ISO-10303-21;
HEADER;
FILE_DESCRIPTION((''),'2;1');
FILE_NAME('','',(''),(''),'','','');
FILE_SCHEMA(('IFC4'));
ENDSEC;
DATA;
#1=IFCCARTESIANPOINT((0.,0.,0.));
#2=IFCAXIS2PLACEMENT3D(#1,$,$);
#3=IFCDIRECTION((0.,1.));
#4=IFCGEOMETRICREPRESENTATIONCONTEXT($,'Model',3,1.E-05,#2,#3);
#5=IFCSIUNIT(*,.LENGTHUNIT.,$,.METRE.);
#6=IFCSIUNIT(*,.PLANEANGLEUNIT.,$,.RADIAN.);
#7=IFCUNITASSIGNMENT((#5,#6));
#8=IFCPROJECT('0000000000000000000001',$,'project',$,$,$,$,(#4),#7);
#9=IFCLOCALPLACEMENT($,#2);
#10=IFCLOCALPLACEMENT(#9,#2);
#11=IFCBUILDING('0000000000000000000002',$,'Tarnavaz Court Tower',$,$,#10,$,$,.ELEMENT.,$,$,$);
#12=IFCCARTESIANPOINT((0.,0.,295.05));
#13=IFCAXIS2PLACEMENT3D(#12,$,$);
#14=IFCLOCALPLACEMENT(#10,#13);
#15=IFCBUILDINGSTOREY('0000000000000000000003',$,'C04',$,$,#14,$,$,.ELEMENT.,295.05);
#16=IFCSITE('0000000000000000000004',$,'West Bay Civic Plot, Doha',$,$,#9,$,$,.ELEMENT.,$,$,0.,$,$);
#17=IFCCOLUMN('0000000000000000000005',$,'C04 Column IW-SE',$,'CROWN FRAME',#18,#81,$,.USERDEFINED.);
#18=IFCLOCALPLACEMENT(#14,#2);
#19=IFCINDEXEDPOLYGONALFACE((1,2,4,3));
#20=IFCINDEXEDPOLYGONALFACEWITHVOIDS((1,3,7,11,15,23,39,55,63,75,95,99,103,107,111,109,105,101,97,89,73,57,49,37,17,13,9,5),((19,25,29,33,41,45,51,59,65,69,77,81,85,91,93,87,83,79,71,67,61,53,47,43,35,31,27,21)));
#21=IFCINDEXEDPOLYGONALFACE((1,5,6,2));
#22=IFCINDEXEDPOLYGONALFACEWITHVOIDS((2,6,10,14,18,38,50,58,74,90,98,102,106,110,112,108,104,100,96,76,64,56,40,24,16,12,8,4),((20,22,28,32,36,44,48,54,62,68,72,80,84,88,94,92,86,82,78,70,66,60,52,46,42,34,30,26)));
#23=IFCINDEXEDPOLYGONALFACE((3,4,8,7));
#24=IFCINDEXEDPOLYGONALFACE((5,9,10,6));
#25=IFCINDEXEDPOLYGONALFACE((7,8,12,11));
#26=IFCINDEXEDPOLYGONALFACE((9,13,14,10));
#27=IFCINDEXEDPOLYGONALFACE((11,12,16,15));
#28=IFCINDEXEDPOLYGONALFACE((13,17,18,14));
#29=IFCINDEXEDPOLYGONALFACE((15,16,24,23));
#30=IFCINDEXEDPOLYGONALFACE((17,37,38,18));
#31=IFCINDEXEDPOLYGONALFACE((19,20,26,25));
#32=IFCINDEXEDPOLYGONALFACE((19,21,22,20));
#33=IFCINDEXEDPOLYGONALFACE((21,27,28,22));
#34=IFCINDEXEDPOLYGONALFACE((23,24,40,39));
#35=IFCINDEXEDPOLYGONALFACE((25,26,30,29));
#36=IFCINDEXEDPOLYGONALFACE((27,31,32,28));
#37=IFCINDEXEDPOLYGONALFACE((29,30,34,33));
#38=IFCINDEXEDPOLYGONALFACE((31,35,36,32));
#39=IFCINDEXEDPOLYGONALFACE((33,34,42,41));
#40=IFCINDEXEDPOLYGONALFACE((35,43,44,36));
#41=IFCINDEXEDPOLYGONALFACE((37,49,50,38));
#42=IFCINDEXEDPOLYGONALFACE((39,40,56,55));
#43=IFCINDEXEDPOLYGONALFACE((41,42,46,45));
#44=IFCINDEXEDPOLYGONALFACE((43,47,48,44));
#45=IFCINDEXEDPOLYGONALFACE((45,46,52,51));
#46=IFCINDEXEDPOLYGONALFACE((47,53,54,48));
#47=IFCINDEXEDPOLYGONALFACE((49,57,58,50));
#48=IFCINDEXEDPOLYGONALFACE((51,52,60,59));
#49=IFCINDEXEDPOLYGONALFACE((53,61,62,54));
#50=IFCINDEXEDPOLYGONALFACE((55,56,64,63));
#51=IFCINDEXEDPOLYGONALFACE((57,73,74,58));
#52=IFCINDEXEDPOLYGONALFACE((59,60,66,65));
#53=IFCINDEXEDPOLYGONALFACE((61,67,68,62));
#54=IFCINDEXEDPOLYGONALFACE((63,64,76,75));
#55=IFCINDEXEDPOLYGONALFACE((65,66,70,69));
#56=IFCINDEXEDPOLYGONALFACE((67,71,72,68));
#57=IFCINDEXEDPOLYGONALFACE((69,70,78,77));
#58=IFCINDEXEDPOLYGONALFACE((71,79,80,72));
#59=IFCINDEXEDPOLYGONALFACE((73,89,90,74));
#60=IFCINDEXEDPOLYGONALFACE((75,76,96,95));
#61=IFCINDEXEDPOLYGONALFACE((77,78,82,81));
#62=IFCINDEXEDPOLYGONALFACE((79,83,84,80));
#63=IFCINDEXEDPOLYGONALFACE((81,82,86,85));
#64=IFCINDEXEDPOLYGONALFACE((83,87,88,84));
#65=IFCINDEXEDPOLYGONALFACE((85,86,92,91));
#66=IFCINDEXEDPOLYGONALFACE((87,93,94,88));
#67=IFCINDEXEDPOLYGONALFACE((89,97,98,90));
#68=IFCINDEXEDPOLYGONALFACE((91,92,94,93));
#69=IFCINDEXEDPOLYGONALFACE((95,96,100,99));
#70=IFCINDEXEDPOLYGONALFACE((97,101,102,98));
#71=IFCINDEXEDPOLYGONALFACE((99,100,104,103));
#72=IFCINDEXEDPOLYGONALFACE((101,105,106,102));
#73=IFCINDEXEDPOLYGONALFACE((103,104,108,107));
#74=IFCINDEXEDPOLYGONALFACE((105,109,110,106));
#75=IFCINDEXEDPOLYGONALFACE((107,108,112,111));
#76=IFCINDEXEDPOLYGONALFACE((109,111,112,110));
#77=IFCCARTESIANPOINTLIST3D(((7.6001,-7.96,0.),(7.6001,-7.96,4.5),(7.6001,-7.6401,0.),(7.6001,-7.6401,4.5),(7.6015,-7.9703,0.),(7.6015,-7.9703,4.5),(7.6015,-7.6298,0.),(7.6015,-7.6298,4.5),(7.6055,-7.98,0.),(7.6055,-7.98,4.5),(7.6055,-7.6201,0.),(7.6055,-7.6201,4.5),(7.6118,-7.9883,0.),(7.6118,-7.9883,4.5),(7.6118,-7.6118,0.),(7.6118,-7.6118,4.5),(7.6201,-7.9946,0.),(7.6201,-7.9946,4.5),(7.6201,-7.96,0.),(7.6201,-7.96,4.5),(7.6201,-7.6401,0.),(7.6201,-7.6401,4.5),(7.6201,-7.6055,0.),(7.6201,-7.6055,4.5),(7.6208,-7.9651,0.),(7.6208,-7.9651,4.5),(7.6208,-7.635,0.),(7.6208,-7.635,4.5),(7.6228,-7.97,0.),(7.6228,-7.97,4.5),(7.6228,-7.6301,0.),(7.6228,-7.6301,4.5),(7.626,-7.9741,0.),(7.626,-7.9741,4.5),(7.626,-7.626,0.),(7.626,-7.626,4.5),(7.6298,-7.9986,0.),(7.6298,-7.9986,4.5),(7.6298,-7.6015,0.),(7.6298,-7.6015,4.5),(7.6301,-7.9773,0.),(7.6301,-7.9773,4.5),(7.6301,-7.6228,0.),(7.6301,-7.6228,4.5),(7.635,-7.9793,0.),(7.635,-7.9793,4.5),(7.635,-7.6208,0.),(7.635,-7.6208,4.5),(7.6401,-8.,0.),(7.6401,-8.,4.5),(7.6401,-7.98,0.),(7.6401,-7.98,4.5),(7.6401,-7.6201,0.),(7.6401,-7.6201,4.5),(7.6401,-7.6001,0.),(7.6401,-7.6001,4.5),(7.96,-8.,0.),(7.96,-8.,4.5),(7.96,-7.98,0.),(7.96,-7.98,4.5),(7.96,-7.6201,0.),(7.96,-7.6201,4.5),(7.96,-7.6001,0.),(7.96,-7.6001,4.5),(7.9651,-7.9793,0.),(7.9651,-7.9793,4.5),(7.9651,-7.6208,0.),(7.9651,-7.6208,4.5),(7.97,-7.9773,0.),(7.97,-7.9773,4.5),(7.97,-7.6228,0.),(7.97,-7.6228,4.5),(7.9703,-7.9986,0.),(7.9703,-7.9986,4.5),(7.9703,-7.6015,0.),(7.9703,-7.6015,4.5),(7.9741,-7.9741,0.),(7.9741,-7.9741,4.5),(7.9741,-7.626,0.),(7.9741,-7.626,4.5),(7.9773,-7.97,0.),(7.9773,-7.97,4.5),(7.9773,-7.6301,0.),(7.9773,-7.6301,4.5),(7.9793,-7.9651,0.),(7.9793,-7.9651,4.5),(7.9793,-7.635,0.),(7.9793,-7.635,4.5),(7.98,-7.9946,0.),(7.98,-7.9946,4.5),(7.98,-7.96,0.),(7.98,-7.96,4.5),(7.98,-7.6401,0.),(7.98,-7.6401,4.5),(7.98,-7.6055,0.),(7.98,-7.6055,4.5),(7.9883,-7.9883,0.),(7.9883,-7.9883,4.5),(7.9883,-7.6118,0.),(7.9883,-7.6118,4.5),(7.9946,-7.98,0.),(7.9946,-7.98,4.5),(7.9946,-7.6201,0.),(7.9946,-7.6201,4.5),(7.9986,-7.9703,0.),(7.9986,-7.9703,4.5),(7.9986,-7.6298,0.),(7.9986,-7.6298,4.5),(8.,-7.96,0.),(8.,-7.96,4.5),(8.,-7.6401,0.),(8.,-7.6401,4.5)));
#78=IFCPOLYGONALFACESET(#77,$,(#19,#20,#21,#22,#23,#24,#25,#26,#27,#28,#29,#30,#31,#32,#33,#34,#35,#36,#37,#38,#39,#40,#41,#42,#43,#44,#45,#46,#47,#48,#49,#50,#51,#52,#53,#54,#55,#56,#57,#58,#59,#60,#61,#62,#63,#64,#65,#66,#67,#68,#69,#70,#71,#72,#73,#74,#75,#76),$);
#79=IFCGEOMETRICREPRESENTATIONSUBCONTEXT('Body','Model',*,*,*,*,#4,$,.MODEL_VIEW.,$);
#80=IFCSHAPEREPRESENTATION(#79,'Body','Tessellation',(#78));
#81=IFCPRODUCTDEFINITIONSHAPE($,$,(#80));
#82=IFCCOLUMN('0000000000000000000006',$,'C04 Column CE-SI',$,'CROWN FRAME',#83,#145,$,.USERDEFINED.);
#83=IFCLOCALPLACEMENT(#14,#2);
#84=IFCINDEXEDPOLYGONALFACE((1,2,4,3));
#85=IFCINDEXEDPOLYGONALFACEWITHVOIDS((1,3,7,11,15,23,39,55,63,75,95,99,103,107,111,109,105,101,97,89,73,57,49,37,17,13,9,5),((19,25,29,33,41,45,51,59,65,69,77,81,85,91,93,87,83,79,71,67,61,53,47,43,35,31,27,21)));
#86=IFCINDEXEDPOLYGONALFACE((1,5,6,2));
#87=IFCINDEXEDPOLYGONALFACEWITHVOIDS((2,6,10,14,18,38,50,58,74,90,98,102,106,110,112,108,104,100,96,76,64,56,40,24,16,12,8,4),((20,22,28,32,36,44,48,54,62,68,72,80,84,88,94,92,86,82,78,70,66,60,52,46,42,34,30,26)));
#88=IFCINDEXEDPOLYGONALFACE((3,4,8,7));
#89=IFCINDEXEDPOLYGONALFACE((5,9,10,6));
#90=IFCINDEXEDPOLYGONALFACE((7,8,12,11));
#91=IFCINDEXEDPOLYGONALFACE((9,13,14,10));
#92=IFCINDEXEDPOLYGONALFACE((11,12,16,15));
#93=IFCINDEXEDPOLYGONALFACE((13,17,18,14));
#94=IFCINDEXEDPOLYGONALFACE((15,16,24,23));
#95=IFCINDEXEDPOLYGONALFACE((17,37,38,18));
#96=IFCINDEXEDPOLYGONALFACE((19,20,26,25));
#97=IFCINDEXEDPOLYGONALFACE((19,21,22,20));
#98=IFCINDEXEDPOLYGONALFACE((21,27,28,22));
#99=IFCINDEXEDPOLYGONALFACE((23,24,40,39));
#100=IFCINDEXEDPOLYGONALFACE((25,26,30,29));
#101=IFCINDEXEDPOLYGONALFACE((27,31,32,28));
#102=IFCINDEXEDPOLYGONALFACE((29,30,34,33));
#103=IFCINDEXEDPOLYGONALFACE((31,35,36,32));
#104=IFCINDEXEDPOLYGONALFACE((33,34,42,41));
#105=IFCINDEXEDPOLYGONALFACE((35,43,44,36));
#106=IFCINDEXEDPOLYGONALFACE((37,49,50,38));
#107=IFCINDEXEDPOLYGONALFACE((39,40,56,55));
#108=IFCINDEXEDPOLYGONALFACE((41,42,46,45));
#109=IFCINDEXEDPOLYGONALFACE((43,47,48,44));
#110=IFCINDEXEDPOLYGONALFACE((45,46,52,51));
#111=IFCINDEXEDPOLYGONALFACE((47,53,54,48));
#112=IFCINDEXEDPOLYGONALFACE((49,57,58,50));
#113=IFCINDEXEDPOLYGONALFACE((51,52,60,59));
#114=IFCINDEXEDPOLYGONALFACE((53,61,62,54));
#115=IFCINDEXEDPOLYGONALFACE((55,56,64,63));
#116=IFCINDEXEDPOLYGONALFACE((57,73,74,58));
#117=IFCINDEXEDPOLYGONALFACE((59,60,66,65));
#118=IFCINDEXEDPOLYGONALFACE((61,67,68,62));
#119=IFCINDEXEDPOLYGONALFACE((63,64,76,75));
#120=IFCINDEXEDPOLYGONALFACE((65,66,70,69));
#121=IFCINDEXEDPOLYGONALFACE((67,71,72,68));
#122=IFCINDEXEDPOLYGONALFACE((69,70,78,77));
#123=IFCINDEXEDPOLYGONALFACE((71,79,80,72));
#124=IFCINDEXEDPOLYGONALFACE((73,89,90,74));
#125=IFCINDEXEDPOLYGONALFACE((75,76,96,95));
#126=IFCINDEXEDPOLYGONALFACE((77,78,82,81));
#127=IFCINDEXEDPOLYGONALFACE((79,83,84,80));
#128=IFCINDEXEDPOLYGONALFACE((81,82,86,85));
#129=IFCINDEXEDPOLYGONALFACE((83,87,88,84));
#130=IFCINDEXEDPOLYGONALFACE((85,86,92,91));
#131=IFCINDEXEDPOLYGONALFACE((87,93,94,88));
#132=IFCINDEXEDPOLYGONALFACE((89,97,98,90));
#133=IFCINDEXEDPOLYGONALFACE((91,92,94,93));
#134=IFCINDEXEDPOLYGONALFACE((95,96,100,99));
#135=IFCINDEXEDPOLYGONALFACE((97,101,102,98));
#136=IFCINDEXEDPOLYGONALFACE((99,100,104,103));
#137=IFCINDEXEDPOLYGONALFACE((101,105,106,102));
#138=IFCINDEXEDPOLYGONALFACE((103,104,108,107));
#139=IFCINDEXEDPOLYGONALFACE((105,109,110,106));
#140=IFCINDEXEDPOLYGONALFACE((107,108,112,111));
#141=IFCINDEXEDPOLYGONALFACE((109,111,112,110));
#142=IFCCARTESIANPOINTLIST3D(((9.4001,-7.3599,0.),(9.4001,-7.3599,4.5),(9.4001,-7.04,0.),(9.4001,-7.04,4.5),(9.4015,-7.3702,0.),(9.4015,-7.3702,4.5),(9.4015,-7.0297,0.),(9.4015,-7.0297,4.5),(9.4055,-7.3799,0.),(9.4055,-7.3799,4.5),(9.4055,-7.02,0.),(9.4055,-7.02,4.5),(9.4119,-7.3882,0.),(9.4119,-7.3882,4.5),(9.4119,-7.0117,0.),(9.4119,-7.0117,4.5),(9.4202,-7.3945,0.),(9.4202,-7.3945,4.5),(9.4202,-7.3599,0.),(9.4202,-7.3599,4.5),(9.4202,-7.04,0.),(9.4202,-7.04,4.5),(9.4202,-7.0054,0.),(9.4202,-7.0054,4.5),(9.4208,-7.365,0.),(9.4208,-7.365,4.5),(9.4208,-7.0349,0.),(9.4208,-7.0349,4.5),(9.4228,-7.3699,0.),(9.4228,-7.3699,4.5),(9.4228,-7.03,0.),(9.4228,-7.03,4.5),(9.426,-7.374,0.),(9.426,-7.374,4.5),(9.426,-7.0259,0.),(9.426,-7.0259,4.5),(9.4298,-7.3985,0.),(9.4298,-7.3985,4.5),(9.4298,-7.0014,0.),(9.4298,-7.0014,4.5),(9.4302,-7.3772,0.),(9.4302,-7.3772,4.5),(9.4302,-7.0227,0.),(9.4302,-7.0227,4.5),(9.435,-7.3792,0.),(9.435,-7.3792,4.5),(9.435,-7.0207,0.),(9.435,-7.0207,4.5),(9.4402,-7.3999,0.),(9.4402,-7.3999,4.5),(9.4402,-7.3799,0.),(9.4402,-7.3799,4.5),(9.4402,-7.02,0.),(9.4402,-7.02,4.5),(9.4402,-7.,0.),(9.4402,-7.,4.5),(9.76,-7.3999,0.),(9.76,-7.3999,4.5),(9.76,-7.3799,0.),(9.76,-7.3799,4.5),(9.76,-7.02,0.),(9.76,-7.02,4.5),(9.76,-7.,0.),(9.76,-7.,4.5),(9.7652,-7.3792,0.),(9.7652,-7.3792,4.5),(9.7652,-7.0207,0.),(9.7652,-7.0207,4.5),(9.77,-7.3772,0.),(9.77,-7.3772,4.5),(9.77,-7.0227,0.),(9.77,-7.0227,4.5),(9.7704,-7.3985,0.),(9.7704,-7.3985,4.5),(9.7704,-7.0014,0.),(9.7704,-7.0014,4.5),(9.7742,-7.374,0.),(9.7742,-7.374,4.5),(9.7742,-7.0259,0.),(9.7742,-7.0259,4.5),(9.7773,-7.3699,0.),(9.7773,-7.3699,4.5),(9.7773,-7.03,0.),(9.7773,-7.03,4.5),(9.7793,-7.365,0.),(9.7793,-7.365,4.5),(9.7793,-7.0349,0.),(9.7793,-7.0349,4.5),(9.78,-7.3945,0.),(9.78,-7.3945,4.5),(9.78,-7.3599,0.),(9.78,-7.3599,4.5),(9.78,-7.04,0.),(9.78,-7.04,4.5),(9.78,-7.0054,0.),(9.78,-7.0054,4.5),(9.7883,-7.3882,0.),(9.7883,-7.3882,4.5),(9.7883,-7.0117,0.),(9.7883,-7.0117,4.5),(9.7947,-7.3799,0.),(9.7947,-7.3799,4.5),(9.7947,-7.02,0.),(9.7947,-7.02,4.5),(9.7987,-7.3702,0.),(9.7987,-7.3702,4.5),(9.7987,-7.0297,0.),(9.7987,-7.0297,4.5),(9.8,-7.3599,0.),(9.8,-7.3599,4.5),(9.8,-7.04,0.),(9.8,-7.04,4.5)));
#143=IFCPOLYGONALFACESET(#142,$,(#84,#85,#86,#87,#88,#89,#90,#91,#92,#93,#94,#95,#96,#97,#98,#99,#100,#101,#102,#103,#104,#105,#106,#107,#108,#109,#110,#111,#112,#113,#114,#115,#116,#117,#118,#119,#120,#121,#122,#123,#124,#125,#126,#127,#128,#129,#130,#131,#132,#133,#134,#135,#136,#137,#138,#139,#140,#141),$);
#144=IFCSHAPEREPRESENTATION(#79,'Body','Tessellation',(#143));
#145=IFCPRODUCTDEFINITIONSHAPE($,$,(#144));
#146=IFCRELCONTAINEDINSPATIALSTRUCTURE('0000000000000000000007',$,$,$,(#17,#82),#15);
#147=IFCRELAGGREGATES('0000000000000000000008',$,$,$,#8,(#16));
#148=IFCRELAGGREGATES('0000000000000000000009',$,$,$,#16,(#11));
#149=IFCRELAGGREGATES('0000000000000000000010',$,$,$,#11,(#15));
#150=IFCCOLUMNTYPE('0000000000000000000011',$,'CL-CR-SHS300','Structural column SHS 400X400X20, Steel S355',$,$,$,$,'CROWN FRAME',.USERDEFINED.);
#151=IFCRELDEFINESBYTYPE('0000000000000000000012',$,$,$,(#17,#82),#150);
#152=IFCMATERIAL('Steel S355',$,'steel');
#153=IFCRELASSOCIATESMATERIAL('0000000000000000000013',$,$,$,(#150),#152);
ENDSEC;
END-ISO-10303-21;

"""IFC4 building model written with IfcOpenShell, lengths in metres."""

from ifc_helpers import new_model, si_unit, direction, frame, origin, origin_2d, place, context, subcontext, project, spatial, hollow_rectangle, extrude, material, material_profile, profile_set, type_object, element, save


model = new_model("IFC4")

# Units and contexts
model_context = context("Model", 3, precision=1e-05, world=origin(), true_north=direction((0.0, 1.0)))
body_context = subcontext(model_context, "Body", "Model", "MODEL_VIEW")
ifc_project = project(units=[si_unit("LENGTHUNIT", "METRE"), si_unit("PLANEANGLEUNIT", "RADIAN")], contexts=[model_context])

# Site, building, storey
site_placement = place(None, origin())
site = spatial("IfcSite", under=ifc_project, at=site_placement, Name="West Bay Civic Plot, Doha", CompositionType="ELEMENT", RefElevation=0.0)
building_placement = place(site_placement, origin())
building = spatial("IfcBuilding", under=site, at=building_placement, Name="Tarnavaz Court Tower", CompositionType="ELEMENT")
storey_placement = place(building_placement, frame((0.0, 0.0, 295.05)))
storey = spatial("IfcBuildingStorey", under=building, at=storey_placement, Name="C04", CompositionType="ELEMENT", Elevation=295.05)

# Columns
ifc_material_1 = material(Name="Steel S355", Category="steel")
ifc_material_profile_1 = material_profile(ifc_material_1, hollow_rectangle(XDim=0.3999, YDim=0.3999, WallThickness=0.02, InnerFilletRadius=0.02, OuterFilletRadius=0.04, at=origin_2d()), Name="SHS 400X400X20")
ifc_profile_set_1 = profile_set([ifc_material_profile_1], Name="Steel S355")
column_type = type_object("IfcColumnType", Name="CL-CR-SHS300", Description="Structural column SHS 400X400X20, Steel S355", ElementType="CROWN FRAME", PredefinedType="USERDEFINED", material=ifc_profile_set_1)
for number, where, z_axis, x_axis, name in (
    (1, (7.8, -7.8, 0.0), (0.0, 0.0, 1.0), (1.0, 0.0, 0.0), "C04 Column IW-SE"),
    (2, (9.6001, -7.2, 0.0), (0.0, 0.0, 1.0), (1.0, 0.0, 0.0), "C04 Column CE-SI"),
):
    element("IfcColumn", number, at=place(storey_placement, frame(where, z_axis=z_axis, x_axis=x_axis)), inside=storey, type_object=column_type, Name=name, ObjectType="CROWN FRAME", PredefinedType="USERDEFINED", context=body_context, shape_type="SweptSolid", body=[
        extrude(hollow_rectangle(XDim=0.3999, YDim=0.3999, WallThickness=0.02, InnerFilletRadius=0.02, OuterFilletRadius=0.04, at=origin_2d()), origin(), (0.0, 0.0, 1.0), 4.5),
    ])

save(model, "model.ifc")
